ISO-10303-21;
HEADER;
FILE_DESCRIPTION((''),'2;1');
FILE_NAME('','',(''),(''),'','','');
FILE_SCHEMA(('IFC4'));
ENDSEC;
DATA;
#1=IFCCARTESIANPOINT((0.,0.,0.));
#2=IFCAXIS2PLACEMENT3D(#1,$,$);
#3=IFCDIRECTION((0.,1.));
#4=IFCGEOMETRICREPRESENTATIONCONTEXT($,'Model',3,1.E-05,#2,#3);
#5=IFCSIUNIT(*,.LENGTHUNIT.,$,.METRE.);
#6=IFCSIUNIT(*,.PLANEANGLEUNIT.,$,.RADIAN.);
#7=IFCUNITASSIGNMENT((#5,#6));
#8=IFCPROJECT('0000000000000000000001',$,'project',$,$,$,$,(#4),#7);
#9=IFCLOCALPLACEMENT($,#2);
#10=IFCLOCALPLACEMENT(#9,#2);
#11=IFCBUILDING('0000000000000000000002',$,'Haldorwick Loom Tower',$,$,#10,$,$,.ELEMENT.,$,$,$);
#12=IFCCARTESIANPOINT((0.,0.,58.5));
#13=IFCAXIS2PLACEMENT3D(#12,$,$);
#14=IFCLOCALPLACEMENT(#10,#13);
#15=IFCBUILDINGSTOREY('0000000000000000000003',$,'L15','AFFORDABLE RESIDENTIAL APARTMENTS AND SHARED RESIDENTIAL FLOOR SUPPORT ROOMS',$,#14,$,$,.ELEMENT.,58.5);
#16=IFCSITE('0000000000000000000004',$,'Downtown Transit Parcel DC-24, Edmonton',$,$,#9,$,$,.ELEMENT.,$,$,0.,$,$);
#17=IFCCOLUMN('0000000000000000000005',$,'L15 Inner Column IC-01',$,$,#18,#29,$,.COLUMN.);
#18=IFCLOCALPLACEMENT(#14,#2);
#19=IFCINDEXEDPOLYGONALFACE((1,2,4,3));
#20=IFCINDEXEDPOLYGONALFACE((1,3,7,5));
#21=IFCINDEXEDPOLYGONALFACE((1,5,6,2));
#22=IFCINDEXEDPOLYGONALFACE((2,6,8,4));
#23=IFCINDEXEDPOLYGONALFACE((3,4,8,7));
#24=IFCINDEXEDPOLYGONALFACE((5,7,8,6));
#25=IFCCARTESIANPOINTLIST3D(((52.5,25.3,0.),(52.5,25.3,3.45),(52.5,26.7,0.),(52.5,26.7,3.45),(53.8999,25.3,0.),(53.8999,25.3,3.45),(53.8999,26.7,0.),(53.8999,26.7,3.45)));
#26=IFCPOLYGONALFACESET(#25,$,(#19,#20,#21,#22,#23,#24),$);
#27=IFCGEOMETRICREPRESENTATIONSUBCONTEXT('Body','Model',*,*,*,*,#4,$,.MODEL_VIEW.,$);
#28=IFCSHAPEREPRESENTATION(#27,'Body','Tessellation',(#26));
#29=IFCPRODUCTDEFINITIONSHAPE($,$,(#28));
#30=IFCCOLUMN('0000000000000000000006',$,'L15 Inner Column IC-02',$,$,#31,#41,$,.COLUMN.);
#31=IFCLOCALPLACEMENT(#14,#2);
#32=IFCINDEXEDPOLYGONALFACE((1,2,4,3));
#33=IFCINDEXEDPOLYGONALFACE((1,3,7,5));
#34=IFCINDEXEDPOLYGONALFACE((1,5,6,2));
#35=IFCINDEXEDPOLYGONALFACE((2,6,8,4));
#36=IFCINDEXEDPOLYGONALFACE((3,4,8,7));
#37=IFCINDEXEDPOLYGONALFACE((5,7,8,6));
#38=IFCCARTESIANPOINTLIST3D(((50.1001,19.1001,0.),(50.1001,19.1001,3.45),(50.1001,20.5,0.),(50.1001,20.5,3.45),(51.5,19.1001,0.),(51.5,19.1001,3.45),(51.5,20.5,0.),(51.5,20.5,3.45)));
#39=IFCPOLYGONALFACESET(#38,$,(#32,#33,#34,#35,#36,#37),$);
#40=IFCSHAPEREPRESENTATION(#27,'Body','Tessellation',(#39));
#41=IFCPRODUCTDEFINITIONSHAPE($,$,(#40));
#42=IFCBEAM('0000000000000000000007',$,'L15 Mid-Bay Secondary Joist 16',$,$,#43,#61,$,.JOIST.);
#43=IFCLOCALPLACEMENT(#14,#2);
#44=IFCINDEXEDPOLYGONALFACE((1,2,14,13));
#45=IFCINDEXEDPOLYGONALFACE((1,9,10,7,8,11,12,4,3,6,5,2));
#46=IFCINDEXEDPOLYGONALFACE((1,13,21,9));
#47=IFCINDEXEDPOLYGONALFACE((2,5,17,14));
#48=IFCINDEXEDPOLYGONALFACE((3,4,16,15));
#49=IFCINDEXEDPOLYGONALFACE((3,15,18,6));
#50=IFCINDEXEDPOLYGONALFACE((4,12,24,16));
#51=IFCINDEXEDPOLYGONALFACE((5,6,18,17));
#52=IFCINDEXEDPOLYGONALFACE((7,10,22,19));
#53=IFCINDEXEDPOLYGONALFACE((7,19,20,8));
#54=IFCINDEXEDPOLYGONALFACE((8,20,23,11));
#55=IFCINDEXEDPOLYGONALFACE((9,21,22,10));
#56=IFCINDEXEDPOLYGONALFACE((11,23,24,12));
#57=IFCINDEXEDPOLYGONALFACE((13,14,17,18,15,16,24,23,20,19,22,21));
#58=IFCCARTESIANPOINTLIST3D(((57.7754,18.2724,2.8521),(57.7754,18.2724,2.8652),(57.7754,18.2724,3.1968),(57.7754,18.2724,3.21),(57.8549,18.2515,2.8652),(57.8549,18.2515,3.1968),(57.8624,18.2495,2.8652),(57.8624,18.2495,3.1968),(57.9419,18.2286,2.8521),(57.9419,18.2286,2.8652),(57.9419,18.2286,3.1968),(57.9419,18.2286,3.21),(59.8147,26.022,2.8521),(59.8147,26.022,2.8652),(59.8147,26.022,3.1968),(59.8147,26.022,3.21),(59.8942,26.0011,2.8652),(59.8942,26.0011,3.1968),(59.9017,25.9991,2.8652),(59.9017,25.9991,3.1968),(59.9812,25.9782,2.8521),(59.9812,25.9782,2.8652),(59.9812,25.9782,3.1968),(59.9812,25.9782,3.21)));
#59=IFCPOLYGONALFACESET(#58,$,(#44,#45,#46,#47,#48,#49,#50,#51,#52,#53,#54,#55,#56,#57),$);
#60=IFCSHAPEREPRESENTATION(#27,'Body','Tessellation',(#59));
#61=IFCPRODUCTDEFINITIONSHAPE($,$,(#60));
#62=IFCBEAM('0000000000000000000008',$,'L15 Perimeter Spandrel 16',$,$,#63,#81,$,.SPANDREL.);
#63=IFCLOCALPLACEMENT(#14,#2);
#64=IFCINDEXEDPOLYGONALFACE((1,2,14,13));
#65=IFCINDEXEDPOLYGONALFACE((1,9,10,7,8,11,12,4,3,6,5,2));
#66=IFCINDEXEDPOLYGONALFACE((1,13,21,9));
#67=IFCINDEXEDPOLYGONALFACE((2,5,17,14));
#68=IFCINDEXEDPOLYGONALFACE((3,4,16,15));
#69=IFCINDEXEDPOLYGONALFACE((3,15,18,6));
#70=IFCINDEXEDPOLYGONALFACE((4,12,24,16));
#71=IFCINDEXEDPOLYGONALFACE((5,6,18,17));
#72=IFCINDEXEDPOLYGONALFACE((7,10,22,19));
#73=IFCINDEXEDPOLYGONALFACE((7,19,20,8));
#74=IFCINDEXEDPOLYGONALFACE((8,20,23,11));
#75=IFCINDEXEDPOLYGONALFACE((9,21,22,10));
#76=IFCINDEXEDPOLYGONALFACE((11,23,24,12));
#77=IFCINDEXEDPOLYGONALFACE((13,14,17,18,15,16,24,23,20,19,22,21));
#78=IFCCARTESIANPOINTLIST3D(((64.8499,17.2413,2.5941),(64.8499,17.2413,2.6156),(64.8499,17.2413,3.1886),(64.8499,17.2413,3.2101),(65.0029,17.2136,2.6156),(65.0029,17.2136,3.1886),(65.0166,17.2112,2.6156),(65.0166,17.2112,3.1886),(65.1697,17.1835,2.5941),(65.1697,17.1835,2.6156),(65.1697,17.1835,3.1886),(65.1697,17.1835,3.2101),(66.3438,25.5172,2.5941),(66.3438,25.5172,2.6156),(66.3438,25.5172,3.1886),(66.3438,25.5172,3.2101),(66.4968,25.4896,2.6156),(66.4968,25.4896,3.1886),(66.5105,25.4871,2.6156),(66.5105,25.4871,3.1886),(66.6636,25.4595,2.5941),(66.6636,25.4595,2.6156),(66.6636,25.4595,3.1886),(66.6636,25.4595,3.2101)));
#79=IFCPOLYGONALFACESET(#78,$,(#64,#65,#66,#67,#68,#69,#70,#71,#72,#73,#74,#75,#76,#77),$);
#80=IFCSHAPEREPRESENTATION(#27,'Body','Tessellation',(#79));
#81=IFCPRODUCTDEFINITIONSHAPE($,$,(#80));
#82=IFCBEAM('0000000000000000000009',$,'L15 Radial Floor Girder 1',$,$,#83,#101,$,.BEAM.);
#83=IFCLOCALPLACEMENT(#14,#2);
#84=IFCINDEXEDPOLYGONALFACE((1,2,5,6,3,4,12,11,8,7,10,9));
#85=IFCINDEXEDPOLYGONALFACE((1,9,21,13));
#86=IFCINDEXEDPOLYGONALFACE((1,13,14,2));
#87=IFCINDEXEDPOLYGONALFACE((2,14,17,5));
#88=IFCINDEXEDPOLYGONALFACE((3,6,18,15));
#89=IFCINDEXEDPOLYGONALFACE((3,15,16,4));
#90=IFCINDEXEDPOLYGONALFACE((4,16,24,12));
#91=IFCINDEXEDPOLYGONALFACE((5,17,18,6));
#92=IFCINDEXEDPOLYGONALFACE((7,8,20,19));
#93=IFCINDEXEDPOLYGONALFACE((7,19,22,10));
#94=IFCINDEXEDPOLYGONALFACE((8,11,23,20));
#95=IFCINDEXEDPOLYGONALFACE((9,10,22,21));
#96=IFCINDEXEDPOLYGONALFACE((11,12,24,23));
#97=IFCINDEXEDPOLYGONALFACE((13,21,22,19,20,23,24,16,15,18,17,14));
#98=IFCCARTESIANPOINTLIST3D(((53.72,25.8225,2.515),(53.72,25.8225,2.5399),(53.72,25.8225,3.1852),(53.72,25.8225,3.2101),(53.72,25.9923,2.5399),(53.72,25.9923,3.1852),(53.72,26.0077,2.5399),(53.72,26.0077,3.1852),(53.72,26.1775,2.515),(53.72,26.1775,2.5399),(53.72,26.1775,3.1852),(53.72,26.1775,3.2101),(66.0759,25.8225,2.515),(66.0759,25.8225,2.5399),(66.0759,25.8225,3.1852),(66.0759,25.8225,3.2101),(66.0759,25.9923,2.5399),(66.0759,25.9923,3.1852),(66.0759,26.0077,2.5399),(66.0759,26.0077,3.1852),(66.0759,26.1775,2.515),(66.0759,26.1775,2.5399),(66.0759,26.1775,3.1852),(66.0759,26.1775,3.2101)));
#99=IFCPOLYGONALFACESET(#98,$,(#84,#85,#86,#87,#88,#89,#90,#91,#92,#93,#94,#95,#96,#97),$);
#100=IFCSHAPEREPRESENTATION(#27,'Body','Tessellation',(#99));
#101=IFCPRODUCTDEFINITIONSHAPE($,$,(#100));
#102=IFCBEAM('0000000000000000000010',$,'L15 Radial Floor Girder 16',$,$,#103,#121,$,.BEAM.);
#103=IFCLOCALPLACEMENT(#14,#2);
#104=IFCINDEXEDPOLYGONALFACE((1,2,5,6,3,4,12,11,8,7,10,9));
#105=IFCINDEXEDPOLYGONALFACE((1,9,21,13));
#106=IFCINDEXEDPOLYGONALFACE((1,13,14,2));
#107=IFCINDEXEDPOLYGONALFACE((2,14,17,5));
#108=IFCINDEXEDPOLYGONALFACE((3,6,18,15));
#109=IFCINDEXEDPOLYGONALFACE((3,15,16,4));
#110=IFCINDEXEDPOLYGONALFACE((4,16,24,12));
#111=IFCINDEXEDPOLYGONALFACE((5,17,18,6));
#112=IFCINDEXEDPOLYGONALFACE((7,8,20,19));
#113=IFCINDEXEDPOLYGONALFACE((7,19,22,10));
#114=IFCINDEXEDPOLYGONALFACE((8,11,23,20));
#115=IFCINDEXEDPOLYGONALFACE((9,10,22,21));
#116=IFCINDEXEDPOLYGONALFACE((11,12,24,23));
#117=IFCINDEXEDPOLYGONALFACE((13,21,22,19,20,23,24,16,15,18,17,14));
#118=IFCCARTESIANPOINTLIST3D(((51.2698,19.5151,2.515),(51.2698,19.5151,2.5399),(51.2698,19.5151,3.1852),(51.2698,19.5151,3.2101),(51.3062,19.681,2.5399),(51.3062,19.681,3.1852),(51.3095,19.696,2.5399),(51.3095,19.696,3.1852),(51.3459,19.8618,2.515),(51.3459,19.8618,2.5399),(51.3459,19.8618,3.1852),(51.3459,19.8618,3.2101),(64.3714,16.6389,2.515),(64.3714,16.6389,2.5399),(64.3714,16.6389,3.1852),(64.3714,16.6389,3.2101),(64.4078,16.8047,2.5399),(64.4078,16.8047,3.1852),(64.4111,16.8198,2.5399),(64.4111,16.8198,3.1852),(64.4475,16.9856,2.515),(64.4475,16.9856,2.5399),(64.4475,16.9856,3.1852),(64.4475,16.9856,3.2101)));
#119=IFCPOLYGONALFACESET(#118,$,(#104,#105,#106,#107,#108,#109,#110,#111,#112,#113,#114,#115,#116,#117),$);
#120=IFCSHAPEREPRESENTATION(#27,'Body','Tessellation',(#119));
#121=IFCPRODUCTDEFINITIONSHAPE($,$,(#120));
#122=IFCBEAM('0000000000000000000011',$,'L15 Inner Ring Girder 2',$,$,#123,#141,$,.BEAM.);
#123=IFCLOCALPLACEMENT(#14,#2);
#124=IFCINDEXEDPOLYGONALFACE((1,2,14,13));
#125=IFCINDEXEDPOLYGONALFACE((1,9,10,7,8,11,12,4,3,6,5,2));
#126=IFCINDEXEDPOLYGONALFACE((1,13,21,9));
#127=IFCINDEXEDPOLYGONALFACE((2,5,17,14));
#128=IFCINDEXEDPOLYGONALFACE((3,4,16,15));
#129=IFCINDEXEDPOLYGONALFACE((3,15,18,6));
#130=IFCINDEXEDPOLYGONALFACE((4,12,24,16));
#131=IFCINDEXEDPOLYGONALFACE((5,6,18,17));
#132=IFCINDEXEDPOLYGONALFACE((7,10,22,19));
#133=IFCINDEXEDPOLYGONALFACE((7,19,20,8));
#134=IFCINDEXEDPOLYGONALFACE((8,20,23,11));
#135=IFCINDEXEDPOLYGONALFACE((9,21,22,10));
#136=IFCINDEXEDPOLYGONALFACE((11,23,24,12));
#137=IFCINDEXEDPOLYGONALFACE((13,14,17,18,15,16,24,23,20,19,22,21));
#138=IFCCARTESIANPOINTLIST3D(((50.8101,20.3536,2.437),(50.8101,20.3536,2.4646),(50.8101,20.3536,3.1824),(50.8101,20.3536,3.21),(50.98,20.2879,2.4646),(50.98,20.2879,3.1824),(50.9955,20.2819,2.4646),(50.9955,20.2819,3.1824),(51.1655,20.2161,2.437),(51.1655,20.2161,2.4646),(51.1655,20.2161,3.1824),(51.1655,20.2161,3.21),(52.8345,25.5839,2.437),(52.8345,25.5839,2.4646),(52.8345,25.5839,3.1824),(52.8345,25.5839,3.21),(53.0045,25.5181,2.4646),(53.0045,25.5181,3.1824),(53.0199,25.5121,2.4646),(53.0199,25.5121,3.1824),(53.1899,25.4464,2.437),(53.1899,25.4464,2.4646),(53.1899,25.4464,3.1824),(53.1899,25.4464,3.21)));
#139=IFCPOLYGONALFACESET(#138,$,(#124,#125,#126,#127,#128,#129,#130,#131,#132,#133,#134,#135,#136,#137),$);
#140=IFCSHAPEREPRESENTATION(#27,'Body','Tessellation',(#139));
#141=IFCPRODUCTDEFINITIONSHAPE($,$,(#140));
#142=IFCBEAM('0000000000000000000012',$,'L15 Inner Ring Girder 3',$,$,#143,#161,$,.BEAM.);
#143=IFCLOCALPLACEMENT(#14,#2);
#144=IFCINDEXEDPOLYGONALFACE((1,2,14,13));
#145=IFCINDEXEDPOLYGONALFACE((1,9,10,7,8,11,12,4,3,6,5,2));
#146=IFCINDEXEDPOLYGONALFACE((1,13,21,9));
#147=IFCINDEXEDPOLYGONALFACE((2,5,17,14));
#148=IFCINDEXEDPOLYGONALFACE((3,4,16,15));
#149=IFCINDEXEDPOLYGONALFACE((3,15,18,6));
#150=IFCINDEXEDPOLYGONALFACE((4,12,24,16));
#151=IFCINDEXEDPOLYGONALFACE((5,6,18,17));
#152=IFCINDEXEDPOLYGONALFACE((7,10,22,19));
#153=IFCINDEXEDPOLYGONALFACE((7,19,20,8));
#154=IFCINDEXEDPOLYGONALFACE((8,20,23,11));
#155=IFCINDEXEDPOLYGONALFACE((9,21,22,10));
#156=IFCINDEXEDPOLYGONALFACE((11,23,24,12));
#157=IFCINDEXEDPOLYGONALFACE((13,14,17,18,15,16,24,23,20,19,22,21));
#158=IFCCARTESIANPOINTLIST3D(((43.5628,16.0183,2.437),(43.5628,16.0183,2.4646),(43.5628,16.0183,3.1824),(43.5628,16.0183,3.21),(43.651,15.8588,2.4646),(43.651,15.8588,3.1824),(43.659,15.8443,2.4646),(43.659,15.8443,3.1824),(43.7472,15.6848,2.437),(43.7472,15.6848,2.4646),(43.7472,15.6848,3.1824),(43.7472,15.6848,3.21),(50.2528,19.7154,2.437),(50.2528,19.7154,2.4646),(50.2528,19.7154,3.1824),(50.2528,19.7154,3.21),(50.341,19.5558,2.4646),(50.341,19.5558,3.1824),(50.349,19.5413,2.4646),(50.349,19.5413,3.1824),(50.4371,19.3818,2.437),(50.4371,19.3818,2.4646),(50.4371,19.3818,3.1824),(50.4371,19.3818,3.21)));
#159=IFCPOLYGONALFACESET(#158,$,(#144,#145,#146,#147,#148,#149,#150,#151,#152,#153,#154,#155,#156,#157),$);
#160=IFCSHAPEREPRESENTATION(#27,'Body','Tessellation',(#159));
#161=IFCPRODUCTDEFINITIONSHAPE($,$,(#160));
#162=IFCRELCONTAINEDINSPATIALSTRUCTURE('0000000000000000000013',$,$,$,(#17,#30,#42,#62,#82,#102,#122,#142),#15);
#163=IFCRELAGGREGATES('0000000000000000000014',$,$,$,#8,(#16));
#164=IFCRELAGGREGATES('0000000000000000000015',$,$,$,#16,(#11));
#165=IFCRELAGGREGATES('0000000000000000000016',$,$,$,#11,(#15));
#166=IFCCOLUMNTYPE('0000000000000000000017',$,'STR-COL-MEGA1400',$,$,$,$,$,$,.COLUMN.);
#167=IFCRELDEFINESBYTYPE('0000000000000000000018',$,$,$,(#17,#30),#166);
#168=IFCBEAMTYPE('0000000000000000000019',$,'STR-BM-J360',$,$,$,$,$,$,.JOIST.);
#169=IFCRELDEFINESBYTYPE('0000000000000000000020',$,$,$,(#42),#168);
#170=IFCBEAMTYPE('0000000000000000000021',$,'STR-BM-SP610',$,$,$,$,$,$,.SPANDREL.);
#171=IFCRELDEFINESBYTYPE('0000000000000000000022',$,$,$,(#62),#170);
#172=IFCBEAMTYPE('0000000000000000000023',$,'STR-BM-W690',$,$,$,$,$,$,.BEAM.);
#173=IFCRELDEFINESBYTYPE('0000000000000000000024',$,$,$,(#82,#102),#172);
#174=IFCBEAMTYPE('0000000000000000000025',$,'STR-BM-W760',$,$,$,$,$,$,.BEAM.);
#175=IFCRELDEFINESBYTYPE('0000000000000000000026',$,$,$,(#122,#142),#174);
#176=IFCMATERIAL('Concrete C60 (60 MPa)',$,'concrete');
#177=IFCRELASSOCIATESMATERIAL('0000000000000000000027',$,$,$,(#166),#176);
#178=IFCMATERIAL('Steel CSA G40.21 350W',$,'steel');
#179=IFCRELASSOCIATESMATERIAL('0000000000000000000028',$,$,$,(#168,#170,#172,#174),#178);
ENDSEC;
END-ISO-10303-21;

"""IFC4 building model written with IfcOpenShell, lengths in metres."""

from ifc_helpers import new_model, si_unit, direction, frame, origin, origin_2d, place, context, subcontext, project, spatial, rectangle, i_section, extrude, material, material_profile, profile_set, type_object, element, save


model = new_model("IFC4")

# Units and contexts
model_context = context("Model", 3, precision=1e-05, world=origin(), true_north=direction((0.0, 1.0)))
body_context = subcontext(model_context, "Body", "Model", "MODEL_VIEW")
ifc_project = project(units=[si_unit("LENGTHUNIT", "METRE"), si_unit("PLANEANGLEUNIT", "RADIAN")], contexts=[model_context])

# Site, building, storey
site_placement = place(None, origin())
site = spatial("IfcSite", under=ifc_project, at=site_placement, Name="Downtown Transit Parcel DC-24, Edmonton", CompositionType="ELEMENT", RefElevation=0.0)
building_placement = place(site_placement, origin())
building = spatial("IfcBuilding", under=site, at=building_placement, Name="Haldorwick Loom Tower", CompositionType="ELEMENT")
storey_placement = place(building_placement, frame((0.0, 0.0, 58.5)))
storey = spatial("IfcBuildingStorey", under=building, at=storey_placement, Name="L15", Description="AFFORDABLE RESIDENTIAL APARTMENTS AND SHARED RESIDENTIAL FLOOR SUPPORT ROOMS", CompositionType="ELEMENT", Elevation=58.5)

# Columns
ifc_material_1 = material(Name="Concrete C60 (60 MPa)", Category="concrete")
ifc_material_profile_1 = material_profile(ifc_material_1, rectangle(XDim=1.3999, YDim=1.3999, at=origin_2d()), Name="RC1400X1400", Category="concrete")
ifc_profile_set_1 = profile_set([ifc_material_profile_1], Name="Concrete C60 (60 MPa)")
column_type = type_object("IfcColumnType", Name="STR-COL-MEGA1400", PredefinedType="COLUMN", material=ifc_profile_set_1)
for number, where, z_axis, x_axis, name in (
    (1, (53.2, 26.0, 0.0), (0.0, 0.0, 1.0), (1.0, 0.0, 0.0), "L15 Inner Column IC-01"),
    (2, (50.8, 19.8, 0.0), (0.0, 0.0, 1.0), (1.0, 0.0, 0.0), "L15 Inner Column IC-02"),
):
    element("IfcColumn", number, at=place(storey_placement, frame(where, z_axis=z_axis, x_axis=x_axis)), inside=storey, type_object=column_type, Name=name, PredefinedType="COLUMN", context=body_context, shape_type="SweptSolid", body=[
        extrude(rectangle(XDim=1.3999, YDim=1.3999, at=origin_2d()), origin(), (0.0, 0.0, 1.0), 3.45),
    ])

# Beams
ifc_material_2 = material(Name="Steel CSA G40.21 350W", Category="steel")
ifc_material_profile_2 = material_profile(ifc_material_2, i_section(OverallWidth=0.1721, OverallDepth=0.3579, WebThickness=0.0078, FlangeThickness=0.0132, at=origin_2d()), Name="W360X57", Category="steel")
ifc_profile_set_2 = profile_set([ifc_material_profile_2], Name="Steel CSA G40.21 350W")
beam_type_1 = type_object("IfcBeamType", Name="STR-BM-J360", PredefinedType="JOIST", material=ifc_profile_set_2)
beam_1_placement = place(storey_placement, frame((57.8586, 18.2505, 3.031), z_axis=(0.254489, 0.967076, 0.0), x_axis=(-0.967076, 0.254489, 0.0)))
element("IfcBeam", 3, at=beam_1_placement, inside=storey, type_object=beam_type_1, Name="L15 Mid-Bay Secondary Joist 16", PredefinedType="JOIST", context=body_context, shape_type="SweptSolid", body=[
    extrude(i_section(OverallWidth=0.1721, OverallDepth=0.3579, WebThickness=0.0078, FlangeThickness=0.0132, at=origin_2d()), origin(), (0.0, 0.0, 1.0), 8.0134),
])
ifc_material_profile_3 = material_profile(ifc_material_2, i_section(OverallWidth=0.325, OverallDepth=0.616, WebThickness=0.0139, FlangeThickness=0.0215, at=origin_2d()), Name="W610X174", Category="steel")
ifc_profile_set_3 = profile_set([ifc_material_profile_3], Name="Steel CSA G40.21 350W")
beam_type_2 = type_object("IfcBeamType", Name="STR-BM-SP610", PredefinedType="SPANDREL", material=ifc_profile_set_3)
beam_2_placement = place(storey_placement, frame((65.0098, 17.2124, 2.9021), z_axis=(0.177641, 0.984095, 0.0), x_axis=(-0.984095, 0.177641, 0.0)))
element("IfcBeam", 4, at=beam_2_placement, inside=storey, type_object=beam_type_2, Name="L15 Perimeter Spandrel 16", PredefinedType="SPANDREL", context=body_context, shape_type="SweptSolid", body=[
    extrude(i_section(OverallWidth=0.325, OverallDepth=0.616, WebThickness=0.0139, FlangeThickness=0.0215, at=origin_2d()), origin(), (0.0, 0.0, 1.0), 8.4097),
])
ifc_material_profile_4 = material_profile(ifc_material_2, i_section(OverallWidth=0.355, OverallDepth=0.6951, WebThickness=0.0154, FlangeThickness=0.0249, at=origin_2d()), Name="W690X217", Category="steel")
ifc_profile_set_4 = profile_set([ifc_material_profile_4], Name="Steel CSA G40.21 350W")
beam_type_3 = type_object("IfcBeamType", Name="STR-BM-W690", PredefinedType="BEAM", material=ifc_profile_set_4)
beam_3_placement = place(storey_placement, frame((53.72, 26.0, 2.8625), z_axis=(1.0, 0.0, 0.0), x_axis=(0.0, 1.0, 0.0)))
element("IfcBeam", 5, at=beam_3_placement, inside=storey, type_object=beam_type_3, Name="L15 Radial Floor Girder 1", PredefinedType="BEAM", context=body_context, shape_type="SweptSolid", body=[
    extrude(i_section(OverallWidth=0.355, OverallDepth=0.6951, WebThickness=0.0154, FlangeThickness=0.0249, at=origin_2d()), origin(), (0.0, 0.0, 1.0), 12.356),
])
beam_4_placement = place(storey_placement, frame((51.3079, 19.6885, 2.8625), z_axis=(0.97674, -0.214426, 0.0), x_axis=(0.214426, 0.97674, 0.0)))
element("IfcBeam", 6, at=beam_4_placement, inside=storey, type_object=beam_type_3, Name="L15 Radial Floor Girder 16", PredefinedType="BEAM", context=body_context, shape_type="SweptSolid", body=[
    extrude(i_section(OverallWidth=0.355, OverallDepth=0.6951, WebThickness=0.0154, FlangeThickness=0.0249, at=origin_2d()), origin(), (0.0, 0.0, 1.0), 13.4136),
])
ifc_material_profile_5 = material_profile(ifc_material_2, i_section(OverallWidth=0.3811, OverallDepth=0.7729, WebThickness=0.0166, FlangeThickness=0.0276, at=origin_2d()), Name="W760X257", Category="steel")
ifc_profile_set_5 = profile_set([ifc_material_profile_5], Name="Steel CSA G40.21 350W")
beam_type_4 = type_object("IfcBeamType", Name="STR-BM-W760", PredefinedType="BEAM", material=ifc_profile_set_5)
beam_5_placement = place(storey_placement, frame((53.0122, 25.5151, 2.8235), z_axis=(-0.360965, -0.932579, 0.0), x_axis=(0.932579, -0.360965, 0.0)))
element("IfcBeam", 7, at=beam_5_placement, inside=storey, type_object=beam_type_4, Name="L15 Inner Ring Girder 2", PredefinedType="BEAM", context=body_context, shape_type="SweptSolid", body=[
    extrude(i_section(OverallWidth=0.3811, OverallDepth=0.7729, WebThickness=0.0166, FlangeThickness=0.0276, at=origin_2d()), origin(), (0.0, 0.0, 1.0), 5.6084),
])
beam_6_placement = place(storey_placement, frame((50.345, 19.5486, 2.8235), z_axis=(-0.875244, -0.483681, 0.0), x_axis=(0.483681, -0.875244, 0.0)))
element("IfcBeam", 8, at=beam_6_placement, inside=storey, type_object=beam_type_4, Name="L15 Inner Ring Girder 3", PredefinedType="BEAM", context=body_context, shape_type="SweptSolid", body=[
    extrude(i_section(OverallWidth=0.3811, OverallDepth=0.7729, WebThickness=0.0166, FlangeThickness=0.0276, at=origin_2d()), origin(), (0.0, 0.0, 1.0), 7.6436),
])

save(model, "model.ifc")
